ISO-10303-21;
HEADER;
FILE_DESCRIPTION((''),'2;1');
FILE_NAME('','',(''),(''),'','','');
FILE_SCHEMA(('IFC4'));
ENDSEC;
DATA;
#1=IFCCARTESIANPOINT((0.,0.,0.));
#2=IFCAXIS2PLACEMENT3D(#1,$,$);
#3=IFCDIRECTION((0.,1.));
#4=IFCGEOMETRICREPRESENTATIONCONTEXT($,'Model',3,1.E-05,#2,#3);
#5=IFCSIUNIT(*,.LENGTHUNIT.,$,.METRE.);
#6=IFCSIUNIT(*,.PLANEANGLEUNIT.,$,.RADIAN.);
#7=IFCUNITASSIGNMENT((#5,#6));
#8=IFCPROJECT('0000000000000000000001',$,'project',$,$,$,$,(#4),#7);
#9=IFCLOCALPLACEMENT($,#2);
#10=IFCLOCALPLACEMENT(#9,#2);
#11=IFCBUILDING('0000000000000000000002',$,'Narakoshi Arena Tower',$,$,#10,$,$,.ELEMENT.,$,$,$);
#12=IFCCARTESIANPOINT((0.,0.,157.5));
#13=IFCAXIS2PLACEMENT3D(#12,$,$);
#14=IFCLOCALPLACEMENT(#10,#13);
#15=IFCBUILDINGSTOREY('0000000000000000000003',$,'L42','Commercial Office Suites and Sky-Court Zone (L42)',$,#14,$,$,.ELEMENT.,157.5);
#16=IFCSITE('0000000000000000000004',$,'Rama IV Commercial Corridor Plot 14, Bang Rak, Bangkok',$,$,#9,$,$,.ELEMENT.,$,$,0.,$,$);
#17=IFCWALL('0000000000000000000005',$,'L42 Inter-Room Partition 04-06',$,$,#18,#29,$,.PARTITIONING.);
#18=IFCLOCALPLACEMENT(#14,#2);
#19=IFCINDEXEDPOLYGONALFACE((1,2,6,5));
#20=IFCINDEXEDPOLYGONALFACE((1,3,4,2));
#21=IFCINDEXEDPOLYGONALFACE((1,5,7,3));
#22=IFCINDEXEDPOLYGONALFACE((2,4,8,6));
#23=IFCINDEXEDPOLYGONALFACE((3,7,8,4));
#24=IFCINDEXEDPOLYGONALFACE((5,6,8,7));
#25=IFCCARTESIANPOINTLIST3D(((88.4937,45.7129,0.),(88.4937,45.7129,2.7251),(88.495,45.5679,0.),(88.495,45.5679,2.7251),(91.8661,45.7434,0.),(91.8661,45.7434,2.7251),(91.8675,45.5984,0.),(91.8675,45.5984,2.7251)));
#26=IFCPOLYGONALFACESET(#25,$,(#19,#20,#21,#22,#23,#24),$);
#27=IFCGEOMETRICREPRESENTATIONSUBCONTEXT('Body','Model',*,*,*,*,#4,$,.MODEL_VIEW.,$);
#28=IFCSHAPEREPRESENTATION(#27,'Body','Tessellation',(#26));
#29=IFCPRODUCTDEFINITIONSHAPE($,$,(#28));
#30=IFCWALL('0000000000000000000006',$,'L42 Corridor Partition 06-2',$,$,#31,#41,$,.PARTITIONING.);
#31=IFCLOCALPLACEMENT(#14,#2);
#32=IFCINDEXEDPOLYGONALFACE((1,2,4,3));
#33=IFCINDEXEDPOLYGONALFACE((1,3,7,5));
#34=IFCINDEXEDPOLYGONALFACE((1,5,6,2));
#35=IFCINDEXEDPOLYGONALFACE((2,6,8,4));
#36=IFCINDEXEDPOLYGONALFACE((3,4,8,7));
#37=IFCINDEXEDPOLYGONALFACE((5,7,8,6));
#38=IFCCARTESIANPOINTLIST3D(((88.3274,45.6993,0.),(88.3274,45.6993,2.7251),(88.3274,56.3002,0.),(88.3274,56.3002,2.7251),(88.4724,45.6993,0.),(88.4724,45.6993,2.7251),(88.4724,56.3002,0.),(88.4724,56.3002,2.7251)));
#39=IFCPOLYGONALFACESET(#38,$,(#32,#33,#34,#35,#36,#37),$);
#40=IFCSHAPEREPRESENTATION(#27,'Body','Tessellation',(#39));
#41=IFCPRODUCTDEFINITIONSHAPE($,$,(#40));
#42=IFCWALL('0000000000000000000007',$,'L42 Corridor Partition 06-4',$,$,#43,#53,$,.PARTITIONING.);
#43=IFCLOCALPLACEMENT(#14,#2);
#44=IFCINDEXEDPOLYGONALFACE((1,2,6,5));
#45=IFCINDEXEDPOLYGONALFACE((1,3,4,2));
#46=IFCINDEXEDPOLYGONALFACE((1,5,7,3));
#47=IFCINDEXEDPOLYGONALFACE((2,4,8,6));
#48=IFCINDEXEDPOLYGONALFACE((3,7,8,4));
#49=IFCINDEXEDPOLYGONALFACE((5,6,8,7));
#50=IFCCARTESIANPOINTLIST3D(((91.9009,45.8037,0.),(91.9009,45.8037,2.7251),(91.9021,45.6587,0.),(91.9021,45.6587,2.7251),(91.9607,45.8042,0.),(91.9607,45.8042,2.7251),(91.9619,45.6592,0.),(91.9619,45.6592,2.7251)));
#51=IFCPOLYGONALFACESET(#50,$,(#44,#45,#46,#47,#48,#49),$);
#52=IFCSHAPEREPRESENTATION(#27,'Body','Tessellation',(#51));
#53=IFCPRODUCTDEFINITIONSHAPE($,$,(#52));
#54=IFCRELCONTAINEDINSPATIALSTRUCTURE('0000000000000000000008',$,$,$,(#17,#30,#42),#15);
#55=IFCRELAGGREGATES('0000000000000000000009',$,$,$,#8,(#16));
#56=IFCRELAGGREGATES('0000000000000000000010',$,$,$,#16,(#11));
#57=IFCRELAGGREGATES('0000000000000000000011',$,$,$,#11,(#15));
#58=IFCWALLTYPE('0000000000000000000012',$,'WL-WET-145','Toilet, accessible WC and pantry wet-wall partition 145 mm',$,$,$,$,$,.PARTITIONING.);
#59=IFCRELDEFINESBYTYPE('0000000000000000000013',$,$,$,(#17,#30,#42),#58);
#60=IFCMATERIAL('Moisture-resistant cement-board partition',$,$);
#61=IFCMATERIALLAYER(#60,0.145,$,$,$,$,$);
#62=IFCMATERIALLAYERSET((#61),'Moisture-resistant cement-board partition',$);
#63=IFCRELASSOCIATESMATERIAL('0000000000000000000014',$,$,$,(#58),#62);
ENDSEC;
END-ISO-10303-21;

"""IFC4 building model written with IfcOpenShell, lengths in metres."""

from ifc_helpers import new_model, si_unit, direction, frame, frame_2d, origin, place, context, subcontext, project, spatial, rectangle, extrude, material, layer, layer_set, type_object, element, save


model = new_model("IFC4")

# Units and contexts
model_context = context("Model", 3, precision=1e-05, world=origin(), true_north=direction((0.0, 1.0)))
body_context = subcontext(model_context, "Body", "Model", "MODEL_VIEW")
ifc_project = project(units=[si_unit("LENGTHUNIT", "METRE"), si_unit("PLANEANGLEUNIT", "RADIAN")], contexts=[model_context])

# Site, building, storey
site_placement = place(None, origin())
site = spatial("IfcSite", under=ifc_project, at=site_placement, Name="Rama IV Commercial Corridor Plot 14, Bang Rak, Bangkok", CompositionType="ELEMENT", RefElevation=0.0)
building_placement = place(site_placement, origin())
building = spatial("IfcBuilding", under=site, at=building_placement, Name="Narakoshi Arena Tower", CompositionType="ELEMENT")
storey_placement = place(building_placement, frame((0.0, 0.0, 157.5)))
storey = spatial("IfcBuildingStorey", under=building, at=storey_placement, Name="L42", Description="Commercial Office Suites and Sky-Court Zone (L42)", CompositionType="ELEMENT", Elevation=157.5)

# Walls
ifc_material_1 = material(Name="Moisture-resistant cement-board partition")
ifc_layer_1 = layer(ifc_material_1, 0.145)
ifc_layer_set_1 = layer_set([ifc_layer_1], Name="Moisture-resistant cement-board partition")
wall_type_1 = type_object("IfcWallType", Name="WL-WET-145", Description="Toilet, accessible WC and pantry wet-wall partition 145 mm", PredefinedType="PARTITIONING", material=ifc_layer_set_1)
wall_1_placement = place(storey_placement, frame((88.4944, 45.6404, 0.0), z_axis=(0.0, 0.0, 1.0), x_axis=(0.999959, 0.009049, 0.0)))
element("IfcWall", 1, at=wall_1_placement, inside=storey, type_object=wall_type_1, Name="L42 Inter-Room Partition 04-06", PredefinedType="PARTITIONING", context=body_context, shape_type="SweptSolid", body=[
    extrude(rectangle(XDim=3.3726, YDim=0.145, at=frame_2d((1.6863, 0.0))), origin(), (0.0, 0.0, 1.0), 2.7251),
])
wall_2_placement = place(storey_placement, frame((88.3999, 45.6995, 0.0), z_axis=(0.0, 0.0, 1.0), x_axis=(0.0, 1.0, 0.0)))
element("IfcWall", 2, at=wall_2_placement, inside=storey, type_object=wall_type_1, Name="L42 Corridor Partition 06-2", PredefinedType="PARTITIONING", context=body_context, shape_type="SweptSolid", body=[
    extrude(rectangle(XDim=10.6008, YDim=0.145, at=frame_2d((5.3003, 0.0))), origin(), (0.0, 0.0, 1.0), 2.7251),
])
wall_3_placement = place(storey_placement, frame((91.9612, 45.7317, 0.0), z_axis=(0.0, 0.0, 1.0), x_axis=(-0.999967, -0.008163, 0.0)))
element("IfcWall", 3, at=wall_3_placement, inside=storey, type_object=wall_type_1, Name="L42 Corridor Partition 06-4", PredefinedType="PARTITIONING", context=body_context, shape_type="SweptSolid", body=[
    extrude(rectangle(XDim=0.0598, YDim=0.145, at=frame_2d((0.0298, 0.0))), origin(), (0.0, 0.0, 1.0), 2.7251),
])

save(model, "model.ifc")
